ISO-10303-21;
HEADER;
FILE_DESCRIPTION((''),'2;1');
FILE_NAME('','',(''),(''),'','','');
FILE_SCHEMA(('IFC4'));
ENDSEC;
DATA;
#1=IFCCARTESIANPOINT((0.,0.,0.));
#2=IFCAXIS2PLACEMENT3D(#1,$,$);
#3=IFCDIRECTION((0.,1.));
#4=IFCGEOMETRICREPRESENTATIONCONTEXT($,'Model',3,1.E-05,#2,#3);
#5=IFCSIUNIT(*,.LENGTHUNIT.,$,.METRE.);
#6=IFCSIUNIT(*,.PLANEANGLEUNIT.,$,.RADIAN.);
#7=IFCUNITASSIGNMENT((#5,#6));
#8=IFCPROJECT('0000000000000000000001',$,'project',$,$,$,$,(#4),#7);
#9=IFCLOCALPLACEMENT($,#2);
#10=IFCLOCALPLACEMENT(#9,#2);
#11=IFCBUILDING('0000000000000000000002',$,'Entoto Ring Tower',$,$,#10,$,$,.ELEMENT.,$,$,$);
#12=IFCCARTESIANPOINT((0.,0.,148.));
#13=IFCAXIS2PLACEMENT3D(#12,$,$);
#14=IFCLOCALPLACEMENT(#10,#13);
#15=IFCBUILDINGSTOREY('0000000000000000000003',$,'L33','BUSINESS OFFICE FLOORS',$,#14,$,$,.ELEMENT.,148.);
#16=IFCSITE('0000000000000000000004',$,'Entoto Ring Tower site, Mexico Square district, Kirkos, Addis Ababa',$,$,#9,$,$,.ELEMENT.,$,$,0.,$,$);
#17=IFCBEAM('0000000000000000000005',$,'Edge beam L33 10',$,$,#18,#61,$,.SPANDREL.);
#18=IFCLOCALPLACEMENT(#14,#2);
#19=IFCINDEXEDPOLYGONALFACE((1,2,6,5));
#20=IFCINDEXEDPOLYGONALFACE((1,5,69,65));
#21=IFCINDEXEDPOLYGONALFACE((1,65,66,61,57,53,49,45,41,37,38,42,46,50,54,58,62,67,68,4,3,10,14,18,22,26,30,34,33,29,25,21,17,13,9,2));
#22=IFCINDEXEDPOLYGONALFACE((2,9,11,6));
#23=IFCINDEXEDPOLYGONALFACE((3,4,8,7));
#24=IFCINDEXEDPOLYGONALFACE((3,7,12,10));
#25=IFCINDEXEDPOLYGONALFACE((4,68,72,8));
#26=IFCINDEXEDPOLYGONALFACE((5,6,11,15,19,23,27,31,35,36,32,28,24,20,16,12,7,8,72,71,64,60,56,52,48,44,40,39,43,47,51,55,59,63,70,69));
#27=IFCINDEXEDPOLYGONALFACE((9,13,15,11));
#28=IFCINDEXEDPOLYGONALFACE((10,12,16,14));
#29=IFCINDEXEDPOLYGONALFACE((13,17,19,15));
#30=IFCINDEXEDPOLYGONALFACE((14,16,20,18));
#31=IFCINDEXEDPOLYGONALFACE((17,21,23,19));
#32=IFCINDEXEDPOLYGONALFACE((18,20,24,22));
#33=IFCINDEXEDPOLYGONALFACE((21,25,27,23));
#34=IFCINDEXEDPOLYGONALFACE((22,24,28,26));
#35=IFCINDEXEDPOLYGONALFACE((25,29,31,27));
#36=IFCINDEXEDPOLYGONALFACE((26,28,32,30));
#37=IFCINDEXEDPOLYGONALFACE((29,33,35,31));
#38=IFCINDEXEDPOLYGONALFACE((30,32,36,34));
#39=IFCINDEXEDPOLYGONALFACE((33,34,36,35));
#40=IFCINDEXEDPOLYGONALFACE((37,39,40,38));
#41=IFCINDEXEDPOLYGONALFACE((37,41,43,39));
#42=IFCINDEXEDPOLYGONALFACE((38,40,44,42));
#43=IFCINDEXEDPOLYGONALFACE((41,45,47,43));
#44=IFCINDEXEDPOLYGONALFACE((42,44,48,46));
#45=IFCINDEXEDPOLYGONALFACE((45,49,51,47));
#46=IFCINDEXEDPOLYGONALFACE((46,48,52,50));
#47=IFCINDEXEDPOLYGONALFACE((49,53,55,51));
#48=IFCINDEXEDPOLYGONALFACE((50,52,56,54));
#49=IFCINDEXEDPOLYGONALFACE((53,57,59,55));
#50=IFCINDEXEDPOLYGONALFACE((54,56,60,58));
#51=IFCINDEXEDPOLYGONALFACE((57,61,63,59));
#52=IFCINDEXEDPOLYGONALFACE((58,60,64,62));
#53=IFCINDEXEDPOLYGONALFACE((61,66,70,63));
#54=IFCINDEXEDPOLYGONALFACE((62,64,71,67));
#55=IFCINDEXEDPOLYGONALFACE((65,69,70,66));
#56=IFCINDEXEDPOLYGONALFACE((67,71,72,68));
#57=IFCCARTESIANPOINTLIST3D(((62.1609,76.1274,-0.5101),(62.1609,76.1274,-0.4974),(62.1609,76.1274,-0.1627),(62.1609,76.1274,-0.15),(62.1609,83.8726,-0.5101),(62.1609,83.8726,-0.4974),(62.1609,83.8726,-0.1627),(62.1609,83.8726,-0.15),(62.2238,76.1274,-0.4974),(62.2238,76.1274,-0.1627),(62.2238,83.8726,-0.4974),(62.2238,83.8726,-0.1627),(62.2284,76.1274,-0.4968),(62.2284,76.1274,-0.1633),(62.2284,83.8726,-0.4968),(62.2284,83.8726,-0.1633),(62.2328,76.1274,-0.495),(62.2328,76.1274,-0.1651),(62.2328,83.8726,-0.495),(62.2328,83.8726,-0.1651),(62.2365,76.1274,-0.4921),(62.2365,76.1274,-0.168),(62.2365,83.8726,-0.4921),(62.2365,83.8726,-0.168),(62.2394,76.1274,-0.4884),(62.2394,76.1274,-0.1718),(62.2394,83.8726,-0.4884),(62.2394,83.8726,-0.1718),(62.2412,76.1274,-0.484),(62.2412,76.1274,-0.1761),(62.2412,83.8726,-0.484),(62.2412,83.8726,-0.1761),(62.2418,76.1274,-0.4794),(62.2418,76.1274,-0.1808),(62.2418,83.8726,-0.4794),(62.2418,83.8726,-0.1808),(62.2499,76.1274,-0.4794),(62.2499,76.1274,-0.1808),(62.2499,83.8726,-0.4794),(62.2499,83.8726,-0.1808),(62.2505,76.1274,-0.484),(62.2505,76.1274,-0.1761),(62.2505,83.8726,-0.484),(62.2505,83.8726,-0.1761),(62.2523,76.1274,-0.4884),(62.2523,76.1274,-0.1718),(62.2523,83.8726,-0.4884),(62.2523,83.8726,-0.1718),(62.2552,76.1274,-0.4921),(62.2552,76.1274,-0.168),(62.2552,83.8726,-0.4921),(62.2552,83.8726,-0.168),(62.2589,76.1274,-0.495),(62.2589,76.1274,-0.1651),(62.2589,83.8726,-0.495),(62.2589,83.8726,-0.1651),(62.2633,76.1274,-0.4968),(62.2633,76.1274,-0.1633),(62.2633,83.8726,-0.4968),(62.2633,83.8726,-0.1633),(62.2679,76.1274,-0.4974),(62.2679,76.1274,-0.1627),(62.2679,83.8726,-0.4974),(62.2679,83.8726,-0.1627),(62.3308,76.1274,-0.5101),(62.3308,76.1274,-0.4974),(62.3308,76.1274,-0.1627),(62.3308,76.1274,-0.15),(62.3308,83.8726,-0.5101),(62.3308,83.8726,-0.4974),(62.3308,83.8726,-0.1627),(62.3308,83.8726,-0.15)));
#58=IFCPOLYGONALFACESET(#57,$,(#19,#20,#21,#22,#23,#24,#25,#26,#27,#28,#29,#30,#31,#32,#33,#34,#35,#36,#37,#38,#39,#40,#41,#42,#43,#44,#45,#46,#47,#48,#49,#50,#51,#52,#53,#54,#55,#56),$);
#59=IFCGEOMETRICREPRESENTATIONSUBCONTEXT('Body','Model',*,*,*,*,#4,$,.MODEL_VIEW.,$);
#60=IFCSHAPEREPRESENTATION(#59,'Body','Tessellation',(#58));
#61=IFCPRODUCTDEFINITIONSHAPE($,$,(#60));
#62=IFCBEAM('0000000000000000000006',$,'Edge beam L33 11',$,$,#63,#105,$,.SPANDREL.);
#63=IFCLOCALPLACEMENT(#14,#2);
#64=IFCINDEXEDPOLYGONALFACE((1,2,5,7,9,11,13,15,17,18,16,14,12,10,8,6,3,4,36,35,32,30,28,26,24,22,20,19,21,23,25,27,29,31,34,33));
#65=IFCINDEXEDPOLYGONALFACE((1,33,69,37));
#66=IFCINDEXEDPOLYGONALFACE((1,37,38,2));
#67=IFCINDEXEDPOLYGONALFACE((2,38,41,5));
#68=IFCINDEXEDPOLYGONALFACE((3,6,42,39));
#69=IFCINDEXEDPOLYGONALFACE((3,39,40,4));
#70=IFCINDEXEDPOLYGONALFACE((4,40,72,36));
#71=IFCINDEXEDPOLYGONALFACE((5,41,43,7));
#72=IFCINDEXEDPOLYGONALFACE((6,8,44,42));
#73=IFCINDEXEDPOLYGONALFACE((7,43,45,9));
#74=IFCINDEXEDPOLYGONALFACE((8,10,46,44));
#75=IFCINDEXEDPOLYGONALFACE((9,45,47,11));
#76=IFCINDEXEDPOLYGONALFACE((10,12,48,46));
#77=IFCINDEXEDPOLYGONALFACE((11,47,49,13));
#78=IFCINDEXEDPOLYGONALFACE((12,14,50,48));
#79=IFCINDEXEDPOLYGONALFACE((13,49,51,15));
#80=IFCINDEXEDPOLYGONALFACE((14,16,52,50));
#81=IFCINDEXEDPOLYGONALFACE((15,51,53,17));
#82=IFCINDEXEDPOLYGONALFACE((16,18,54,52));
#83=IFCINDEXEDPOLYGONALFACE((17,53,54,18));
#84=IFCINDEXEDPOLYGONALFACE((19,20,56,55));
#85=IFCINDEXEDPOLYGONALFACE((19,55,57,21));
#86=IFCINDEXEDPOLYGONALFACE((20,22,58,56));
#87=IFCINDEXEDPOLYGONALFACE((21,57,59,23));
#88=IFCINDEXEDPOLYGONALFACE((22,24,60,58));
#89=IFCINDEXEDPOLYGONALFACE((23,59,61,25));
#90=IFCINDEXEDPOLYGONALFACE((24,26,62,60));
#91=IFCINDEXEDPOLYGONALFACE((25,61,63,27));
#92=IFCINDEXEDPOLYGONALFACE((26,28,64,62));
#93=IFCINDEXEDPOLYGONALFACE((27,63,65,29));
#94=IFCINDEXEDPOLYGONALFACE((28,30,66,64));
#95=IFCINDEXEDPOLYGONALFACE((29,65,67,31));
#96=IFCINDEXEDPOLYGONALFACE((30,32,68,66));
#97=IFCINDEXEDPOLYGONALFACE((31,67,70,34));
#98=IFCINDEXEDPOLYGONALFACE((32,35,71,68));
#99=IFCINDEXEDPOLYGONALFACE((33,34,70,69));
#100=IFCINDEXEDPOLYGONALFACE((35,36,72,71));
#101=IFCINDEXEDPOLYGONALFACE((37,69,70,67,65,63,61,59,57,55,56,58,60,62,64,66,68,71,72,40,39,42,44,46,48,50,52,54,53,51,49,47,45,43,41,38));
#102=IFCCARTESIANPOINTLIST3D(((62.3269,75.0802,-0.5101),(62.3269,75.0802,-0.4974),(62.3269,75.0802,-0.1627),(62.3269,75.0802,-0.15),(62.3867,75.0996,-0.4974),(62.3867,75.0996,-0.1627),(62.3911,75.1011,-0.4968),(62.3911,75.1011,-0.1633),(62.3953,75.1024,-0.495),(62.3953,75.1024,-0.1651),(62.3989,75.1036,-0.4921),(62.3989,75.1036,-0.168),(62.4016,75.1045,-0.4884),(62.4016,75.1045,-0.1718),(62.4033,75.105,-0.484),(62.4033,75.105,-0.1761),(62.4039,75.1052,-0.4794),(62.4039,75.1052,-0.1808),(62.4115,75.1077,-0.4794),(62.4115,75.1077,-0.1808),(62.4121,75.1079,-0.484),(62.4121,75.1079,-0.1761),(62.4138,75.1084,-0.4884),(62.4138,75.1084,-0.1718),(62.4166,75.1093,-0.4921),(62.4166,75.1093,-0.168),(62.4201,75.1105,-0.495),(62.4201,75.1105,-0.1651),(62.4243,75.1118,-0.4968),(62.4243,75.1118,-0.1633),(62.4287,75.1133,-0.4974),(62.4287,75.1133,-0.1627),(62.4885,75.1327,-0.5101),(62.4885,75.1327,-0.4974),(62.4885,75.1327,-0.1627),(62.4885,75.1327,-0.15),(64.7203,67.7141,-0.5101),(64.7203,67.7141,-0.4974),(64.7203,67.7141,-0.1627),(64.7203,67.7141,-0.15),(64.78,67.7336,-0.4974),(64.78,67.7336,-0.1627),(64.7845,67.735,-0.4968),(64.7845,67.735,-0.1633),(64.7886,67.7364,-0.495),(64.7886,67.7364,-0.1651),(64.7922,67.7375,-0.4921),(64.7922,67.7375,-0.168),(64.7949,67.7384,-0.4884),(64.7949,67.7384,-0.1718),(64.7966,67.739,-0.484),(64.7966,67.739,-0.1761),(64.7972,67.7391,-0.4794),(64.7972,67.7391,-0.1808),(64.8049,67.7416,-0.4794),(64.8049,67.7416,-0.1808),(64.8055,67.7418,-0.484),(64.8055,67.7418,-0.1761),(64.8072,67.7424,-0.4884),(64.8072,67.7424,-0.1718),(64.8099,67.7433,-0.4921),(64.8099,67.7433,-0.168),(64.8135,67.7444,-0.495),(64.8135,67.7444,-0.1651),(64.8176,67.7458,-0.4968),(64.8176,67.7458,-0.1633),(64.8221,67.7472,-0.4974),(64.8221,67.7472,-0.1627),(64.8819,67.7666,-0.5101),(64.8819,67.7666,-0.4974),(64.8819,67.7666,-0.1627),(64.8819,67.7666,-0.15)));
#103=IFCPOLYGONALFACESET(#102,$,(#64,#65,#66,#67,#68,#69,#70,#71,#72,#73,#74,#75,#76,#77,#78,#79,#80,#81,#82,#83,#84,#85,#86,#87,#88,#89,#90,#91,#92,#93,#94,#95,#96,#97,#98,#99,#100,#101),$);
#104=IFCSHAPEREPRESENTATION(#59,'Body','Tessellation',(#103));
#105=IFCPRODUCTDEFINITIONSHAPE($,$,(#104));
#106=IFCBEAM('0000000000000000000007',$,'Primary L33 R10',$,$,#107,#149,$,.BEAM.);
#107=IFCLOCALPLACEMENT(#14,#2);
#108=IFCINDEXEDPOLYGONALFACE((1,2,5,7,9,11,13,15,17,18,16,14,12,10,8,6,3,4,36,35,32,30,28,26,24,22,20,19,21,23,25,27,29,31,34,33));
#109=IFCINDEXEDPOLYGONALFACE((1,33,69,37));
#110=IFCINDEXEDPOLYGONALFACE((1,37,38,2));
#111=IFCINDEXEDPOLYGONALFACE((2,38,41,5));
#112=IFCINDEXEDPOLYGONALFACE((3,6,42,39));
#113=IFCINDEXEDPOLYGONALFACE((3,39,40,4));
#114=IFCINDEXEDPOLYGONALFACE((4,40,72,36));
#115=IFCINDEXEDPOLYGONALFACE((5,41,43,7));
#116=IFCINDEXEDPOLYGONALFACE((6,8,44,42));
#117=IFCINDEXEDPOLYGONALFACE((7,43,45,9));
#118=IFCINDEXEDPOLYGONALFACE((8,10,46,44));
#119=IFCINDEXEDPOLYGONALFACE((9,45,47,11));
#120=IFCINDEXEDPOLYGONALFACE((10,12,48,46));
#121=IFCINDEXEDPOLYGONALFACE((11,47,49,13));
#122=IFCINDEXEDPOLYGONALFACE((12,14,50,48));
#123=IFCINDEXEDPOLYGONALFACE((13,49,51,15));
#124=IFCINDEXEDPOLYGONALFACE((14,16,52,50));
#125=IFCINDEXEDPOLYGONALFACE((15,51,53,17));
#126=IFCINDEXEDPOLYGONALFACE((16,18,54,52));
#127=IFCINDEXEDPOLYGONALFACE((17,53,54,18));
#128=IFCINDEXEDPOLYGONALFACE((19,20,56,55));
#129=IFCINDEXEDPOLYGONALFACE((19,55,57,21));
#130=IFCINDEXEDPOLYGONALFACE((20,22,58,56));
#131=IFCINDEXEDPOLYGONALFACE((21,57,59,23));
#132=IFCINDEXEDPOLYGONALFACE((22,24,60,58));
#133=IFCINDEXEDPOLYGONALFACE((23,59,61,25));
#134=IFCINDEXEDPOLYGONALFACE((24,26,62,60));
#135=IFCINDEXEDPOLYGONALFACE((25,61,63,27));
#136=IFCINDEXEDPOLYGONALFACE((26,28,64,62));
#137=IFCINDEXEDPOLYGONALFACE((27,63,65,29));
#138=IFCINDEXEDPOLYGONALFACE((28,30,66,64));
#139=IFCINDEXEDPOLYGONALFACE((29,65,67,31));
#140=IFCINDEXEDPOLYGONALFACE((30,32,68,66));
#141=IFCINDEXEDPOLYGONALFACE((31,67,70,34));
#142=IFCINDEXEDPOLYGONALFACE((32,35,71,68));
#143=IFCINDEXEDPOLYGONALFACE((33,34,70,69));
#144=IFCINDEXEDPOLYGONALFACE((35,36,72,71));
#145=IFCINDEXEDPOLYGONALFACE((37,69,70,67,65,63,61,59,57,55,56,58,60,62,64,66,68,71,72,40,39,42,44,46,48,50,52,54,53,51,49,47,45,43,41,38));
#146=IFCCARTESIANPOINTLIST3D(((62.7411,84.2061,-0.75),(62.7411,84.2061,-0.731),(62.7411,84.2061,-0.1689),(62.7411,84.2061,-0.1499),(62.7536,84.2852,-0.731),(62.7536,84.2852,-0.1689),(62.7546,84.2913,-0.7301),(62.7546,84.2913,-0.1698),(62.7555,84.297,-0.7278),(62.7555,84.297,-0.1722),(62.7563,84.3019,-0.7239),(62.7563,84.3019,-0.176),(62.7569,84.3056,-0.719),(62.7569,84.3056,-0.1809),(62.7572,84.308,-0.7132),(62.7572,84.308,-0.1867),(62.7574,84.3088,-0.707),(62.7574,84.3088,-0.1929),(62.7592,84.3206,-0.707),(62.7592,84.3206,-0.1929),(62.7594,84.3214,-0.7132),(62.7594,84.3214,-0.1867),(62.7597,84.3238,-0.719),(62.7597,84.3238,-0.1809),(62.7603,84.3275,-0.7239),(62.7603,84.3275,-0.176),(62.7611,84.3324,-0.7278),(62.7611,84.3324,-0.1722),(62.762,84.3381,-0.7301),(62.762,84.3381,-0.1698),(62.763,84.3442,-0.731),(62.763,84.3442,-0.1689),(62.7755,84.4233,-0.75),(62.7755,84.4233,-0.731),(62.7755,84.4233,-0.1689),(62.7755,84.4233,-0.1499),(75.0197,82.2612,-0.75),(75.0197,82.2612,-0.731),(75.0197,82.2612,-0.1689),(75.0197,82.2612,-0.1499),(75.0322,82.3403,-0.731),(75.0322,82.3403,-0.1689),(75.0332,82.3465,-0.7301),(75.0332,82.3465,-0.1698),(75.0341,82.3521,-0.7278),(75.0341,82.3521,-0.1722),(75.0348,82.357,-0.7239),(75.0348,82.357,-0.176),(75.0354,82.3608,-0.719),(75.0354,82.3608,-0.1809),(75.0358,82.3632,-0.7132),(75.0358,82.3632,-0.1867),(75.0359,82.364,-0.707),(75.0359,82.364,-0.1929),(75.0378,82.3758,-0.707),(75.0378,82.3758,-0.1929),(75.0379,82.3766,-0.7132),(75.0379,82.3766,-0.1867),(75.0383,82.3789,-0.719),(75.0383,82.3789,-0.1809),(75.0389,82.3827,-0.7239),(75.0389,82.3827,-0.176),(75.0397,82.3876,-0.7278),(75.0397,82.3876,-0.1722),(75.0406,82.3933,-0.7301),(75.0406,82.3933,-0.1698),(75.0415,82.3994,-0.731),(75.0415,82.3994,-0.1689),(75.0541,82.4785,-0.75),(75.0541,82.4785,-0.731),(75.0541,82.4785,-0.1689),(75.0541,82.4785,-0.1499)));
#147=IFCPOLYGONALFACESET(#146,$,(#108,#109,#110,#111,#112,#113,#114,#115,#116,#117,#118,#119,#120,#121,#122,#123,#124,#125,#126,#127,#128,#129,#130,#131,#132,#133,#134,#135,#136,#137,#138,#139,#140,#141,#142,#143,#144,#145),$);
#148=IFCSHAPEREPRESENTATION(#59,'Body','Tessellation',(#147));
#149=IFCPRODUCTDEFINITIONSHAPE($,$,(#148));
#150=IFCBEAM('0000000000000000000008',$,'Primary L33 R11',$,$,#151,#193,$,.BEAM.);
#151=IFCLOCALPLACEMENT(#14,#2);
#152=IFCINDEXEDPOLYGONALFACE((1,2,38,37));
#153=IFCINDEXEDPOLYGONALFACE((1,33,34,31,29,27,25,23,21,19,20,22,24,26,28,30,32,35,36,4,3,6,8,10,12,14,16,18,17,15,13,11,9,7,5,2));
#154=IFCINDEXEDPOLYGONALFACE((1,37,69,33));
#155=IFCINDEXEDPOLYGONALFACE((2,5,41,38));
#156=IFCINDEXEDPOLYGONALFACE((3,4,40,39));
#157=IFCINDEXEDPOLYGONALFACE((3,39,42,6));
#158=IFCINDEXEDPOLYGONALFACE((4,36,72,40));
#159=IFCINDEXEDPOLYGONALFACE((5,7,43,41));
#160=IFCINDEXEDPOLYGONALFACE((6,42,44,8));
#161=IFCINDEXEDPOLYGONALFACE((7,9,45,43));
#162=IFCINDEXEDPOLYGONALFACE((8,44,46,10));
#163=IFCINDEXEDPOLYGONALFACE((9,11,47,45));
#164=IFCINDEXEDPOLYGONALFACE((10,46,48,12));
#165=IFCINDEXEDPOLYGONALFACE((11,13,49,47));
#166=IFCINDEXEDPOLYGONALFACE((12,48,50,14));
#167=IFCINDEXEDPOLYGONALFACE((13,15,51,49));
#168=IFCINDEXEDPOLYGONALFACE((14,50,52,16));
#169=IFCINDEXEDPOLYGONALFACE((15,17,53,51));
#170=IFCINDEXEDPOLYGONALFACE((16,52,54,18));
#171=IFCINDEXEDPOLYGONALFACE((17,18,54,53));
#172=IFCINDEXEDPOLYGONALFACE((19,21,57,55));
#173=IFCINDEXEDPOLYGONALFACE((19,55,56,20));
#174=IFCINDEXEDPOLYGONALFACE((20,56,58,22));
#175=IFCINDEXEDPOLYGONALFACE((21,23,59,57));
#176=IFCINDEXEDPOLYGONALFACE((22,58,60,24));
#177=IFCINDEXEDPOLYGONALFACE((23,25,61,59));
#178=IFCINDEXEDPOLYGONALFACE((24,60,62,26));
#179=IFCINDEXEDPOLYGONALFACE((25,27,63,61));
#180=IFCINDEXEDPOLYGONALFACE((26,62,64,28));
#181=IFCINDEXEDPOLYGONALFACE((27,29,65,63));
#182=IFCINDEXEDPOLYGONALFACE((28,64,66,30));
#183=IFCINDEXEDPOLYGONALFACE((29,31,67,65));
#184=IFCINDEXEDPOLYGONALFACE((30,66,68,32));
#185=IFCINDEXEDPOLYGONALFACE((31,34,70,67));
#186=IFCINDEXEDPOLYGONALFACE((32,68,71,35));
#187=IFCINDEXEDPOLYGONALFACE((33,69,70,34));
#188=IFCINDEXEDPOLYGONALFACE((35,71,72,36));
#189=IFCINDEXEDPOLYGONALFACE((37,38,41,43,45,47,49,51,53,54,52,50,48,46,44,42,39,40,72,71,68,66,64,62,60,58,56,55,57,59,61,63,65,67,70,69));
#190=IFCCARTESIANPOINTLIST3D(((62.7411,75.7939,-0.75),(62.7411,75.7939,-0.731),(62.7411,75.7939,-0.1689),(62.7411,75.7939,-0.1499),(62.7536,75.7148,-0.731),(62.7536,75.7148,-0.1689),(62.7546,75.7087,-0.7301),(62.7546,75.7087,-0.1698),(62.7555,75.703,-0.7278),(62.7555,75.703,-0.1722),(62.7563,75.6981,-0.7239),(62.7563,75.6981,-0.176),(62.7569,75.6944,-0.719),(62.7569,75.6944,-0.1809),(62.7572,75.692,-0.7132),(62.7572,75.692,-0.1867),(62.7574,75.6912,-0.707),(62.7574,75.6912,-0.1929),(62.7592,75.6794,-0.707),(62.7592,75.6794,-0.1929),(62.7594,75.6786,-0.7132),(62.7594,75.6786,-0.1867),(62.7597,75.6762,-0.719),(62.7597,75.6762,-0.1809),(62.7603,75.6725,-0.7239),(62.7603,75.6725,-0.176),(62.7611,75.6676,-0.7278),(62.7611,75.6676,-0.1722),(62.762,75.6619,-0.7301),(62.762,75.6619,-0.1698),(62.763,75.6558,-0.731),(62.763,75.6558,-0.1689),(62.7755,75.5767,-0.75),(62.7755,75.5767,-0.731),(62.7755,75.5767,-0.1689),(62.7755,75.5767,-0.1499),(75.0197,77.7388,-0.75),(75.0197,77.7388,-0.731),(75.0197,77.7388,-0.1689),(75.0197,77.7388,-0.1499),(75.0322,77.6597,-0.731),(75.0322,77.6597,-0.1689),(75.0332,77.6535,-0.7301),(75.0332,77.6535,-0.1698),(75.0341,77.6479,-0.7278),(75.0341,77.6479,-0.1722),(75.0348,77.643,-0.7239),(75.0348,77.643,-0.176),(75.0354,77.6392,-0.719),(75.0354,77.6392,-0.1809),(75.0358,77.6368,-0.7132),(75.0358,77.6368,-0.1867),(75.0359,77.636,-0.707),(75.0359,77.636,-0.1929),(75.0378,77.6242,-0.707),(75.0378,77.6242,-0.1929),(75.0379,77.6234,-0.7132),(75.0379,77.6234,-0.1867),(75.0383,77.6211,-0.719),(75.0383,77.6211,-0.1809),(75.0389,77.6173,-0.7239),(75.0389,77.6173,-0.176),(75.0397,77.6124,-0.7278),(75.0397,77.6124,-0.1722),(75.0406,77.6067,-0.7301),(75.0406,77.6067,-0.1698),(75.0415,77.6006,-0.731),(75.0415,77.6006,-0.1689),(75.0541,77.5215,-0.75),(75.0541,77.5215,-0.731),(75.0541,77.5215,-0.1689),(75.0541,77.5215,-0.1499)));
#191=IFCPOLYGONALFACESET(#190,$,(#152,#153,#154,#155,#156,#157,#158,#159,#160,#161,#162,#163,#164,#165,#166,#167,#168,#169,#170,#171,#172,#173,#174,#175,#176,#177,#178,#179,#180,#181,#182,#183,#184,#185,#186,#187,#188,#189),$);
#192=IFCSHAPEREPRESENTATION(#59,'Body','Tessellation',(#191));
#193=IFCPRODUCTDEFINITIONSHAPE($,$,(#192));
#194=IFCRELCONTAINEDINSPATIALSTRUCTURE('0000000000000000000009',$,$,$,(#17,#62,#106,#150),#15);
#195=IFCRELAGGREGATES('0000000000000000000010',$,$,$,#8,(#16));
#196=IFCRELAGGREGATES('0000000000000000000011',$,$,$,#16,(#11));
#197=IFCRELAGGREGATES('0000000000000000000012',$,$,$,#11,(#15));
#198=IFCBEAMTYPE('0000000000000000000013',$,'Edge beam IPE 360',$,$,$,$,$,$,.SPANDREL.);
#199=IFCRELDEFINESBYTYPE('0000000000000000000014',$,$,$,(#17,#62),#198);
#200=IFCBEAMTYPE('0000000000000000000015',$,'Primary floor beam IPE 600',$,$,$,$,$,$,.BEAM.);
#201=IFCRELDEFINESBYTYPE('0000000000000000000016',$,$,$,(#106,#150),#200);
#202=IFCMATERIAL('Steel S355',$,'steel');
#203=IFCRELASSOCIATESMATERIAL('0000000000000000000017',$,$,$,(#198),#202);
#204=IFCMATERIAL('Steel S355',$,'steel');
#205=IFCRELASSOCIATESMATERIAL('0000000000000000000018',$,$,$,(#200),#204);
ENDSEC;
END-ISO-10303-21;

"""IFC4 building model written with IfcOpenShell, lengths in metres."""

from ifc_helpers import new_model, si_unit, direction, frame, origin, origin_2d, place, context, subcontext, project, spatial, i_section, extrude, material, material_profile, profile_set, type_object, element, save


model = new_model("IFC4")

# Units and contexts
model_context = context("Model", 3, precision=1e-05, world=origin(), true_north=direction((0.0, 1.0)))
body_context = subcontext(model_context, "Body", "Model", "MODEL_VIEW")
ifc_project = project(units=[si_unit("LENGTHUNIT", "METRE"), si_unit("PLANEANGLEUNIT", "RADIAN")], contexts=[model_context])

# Site, building, storey
site_placement = place(None, origin())
site = spatial("IfcSite", under=ifc_project, at=site_placement, Name="Entoto Ring Tower site, Mexico Square district, Kirkos, Addis Ababa", CompositionType="ELEMENT", RefElevation=0.0)
building_placement = place(site_placement, origin())
building = spatial("IfcBuilding", under=site, at=building_placement, Name="Entoto Ring Tower", CompositionType="ELEMENT")
storey_placement = place(building_placement, frame((0.0, 0.0, 148.0)))
storey = spatial("IfcBuildingStorey", under=building, at=storey_placement, Name="L33", Description="BUSINESS OFFICE FLOORS", CompositionType="ELEMENT", Elevation=148.0)

# Beams
ifc_material_1 = material(Name="Steel S355", Category="steel")
ifc_material_profile_1 = material_profile(ifc_material_1, i_section(OverallWidth=0.1699, OverallDepth=0.3601, WebThickness=0.0081, FlangeThickness=0.0127, FilletRadius=0.0181, at=origin_2d()), Name="IPE 360")
ifc_profile_set_1 = profile_set([ifc_material_profile_1], Name="Steel S355")
beam_type_1 = type_object("IfcBeamType", Name="Edge beam IPE 360", PredefinedType="SPANDREL", material=ifc_profile_set_1)
for number, where, z_axis, x_axis, name in (
    (1, (62.2458, 83.8726, -0.3301), (0.0, -1.0, 0.0), (1.0, 0.0, 0.0), "Edge beam L33 10"),
    (2, (62.4077, 75.1064, -0.3301), (0.309013, -0.951058, 0.0), (0.951058, 0.309013, 0.0), "Edge beam L33 11"),
):
    element("IfcBeam", number, at=place(storey_placement, frame(where, z_axis=z_axis, x_axis=x_axis)), inside=storey, type_object=beam_type_1, Name=name, PredefinedType="SPANDREL", context=body_context, shape_type="SweptSolid", body=[
        extrude(i_section(OverallWidth=0.1699, OverallDepth=0.3601, WebThickness=0.0081, FlangeThickness=0.0127, FilletRadius=0.0181, at=origin_2d()), origin(), (0.0, 0.0, 1.0), 7.7451),
    ])
ifc_material_2 = material(Name="Steel S355", Category="steel")
ifc_material_profile_2 = material_profile(ifc_material_2, i_section(OverallWidth=0.22, OverallDepth=0.6001, WebThickness=0.012, FlangeThickness=0.019, FilletRadius=0.0239, at=origin_2d()), Name="IPE 600")
ifc_profile_set_2 = profile_set([ifc_material_profile_2], Name="Steel S355")
beam_type_2 = type_object("IfcBeamType", Name="Primary floor beam IPE 600", PredefinedType="BEAM", material=ifc_profile_set_2)
for number, where, z_axis, x_axis, name in (
    (3, (75.0369, 82.3699, -0.45), (-0.987687, 0.156442, 0.0), (-0.156442, -0.987687, 0.0), "Primary L33 R10"),
    (4, (75.0369, 77.6301, -0.45), (-0.987687, -0.156442, 0.0), (0.156442, -0.987687, 0.0), "Primary L33 R11"),
):
    element("IfcBeam", number, at=place(storey_placement, frame(where, z_axis=z_axis, x_axis=x_axis)), inside=storey, type_object=beam_type_2, Name=name, PredefinedType="BEAM", context=body_context, shape_type="SweptSolid", body=[
        extrude(i_section(OverallWidth=0.22, OverallDepth=0.6001, WebThickness=0.012, FlangeThickness=0.019, FilletRadius=0.0239, at=origin_2d()), origin(), (0.0, 0.0, 1.0), 12.4316),
    ])

save(model, "model.ifc")
